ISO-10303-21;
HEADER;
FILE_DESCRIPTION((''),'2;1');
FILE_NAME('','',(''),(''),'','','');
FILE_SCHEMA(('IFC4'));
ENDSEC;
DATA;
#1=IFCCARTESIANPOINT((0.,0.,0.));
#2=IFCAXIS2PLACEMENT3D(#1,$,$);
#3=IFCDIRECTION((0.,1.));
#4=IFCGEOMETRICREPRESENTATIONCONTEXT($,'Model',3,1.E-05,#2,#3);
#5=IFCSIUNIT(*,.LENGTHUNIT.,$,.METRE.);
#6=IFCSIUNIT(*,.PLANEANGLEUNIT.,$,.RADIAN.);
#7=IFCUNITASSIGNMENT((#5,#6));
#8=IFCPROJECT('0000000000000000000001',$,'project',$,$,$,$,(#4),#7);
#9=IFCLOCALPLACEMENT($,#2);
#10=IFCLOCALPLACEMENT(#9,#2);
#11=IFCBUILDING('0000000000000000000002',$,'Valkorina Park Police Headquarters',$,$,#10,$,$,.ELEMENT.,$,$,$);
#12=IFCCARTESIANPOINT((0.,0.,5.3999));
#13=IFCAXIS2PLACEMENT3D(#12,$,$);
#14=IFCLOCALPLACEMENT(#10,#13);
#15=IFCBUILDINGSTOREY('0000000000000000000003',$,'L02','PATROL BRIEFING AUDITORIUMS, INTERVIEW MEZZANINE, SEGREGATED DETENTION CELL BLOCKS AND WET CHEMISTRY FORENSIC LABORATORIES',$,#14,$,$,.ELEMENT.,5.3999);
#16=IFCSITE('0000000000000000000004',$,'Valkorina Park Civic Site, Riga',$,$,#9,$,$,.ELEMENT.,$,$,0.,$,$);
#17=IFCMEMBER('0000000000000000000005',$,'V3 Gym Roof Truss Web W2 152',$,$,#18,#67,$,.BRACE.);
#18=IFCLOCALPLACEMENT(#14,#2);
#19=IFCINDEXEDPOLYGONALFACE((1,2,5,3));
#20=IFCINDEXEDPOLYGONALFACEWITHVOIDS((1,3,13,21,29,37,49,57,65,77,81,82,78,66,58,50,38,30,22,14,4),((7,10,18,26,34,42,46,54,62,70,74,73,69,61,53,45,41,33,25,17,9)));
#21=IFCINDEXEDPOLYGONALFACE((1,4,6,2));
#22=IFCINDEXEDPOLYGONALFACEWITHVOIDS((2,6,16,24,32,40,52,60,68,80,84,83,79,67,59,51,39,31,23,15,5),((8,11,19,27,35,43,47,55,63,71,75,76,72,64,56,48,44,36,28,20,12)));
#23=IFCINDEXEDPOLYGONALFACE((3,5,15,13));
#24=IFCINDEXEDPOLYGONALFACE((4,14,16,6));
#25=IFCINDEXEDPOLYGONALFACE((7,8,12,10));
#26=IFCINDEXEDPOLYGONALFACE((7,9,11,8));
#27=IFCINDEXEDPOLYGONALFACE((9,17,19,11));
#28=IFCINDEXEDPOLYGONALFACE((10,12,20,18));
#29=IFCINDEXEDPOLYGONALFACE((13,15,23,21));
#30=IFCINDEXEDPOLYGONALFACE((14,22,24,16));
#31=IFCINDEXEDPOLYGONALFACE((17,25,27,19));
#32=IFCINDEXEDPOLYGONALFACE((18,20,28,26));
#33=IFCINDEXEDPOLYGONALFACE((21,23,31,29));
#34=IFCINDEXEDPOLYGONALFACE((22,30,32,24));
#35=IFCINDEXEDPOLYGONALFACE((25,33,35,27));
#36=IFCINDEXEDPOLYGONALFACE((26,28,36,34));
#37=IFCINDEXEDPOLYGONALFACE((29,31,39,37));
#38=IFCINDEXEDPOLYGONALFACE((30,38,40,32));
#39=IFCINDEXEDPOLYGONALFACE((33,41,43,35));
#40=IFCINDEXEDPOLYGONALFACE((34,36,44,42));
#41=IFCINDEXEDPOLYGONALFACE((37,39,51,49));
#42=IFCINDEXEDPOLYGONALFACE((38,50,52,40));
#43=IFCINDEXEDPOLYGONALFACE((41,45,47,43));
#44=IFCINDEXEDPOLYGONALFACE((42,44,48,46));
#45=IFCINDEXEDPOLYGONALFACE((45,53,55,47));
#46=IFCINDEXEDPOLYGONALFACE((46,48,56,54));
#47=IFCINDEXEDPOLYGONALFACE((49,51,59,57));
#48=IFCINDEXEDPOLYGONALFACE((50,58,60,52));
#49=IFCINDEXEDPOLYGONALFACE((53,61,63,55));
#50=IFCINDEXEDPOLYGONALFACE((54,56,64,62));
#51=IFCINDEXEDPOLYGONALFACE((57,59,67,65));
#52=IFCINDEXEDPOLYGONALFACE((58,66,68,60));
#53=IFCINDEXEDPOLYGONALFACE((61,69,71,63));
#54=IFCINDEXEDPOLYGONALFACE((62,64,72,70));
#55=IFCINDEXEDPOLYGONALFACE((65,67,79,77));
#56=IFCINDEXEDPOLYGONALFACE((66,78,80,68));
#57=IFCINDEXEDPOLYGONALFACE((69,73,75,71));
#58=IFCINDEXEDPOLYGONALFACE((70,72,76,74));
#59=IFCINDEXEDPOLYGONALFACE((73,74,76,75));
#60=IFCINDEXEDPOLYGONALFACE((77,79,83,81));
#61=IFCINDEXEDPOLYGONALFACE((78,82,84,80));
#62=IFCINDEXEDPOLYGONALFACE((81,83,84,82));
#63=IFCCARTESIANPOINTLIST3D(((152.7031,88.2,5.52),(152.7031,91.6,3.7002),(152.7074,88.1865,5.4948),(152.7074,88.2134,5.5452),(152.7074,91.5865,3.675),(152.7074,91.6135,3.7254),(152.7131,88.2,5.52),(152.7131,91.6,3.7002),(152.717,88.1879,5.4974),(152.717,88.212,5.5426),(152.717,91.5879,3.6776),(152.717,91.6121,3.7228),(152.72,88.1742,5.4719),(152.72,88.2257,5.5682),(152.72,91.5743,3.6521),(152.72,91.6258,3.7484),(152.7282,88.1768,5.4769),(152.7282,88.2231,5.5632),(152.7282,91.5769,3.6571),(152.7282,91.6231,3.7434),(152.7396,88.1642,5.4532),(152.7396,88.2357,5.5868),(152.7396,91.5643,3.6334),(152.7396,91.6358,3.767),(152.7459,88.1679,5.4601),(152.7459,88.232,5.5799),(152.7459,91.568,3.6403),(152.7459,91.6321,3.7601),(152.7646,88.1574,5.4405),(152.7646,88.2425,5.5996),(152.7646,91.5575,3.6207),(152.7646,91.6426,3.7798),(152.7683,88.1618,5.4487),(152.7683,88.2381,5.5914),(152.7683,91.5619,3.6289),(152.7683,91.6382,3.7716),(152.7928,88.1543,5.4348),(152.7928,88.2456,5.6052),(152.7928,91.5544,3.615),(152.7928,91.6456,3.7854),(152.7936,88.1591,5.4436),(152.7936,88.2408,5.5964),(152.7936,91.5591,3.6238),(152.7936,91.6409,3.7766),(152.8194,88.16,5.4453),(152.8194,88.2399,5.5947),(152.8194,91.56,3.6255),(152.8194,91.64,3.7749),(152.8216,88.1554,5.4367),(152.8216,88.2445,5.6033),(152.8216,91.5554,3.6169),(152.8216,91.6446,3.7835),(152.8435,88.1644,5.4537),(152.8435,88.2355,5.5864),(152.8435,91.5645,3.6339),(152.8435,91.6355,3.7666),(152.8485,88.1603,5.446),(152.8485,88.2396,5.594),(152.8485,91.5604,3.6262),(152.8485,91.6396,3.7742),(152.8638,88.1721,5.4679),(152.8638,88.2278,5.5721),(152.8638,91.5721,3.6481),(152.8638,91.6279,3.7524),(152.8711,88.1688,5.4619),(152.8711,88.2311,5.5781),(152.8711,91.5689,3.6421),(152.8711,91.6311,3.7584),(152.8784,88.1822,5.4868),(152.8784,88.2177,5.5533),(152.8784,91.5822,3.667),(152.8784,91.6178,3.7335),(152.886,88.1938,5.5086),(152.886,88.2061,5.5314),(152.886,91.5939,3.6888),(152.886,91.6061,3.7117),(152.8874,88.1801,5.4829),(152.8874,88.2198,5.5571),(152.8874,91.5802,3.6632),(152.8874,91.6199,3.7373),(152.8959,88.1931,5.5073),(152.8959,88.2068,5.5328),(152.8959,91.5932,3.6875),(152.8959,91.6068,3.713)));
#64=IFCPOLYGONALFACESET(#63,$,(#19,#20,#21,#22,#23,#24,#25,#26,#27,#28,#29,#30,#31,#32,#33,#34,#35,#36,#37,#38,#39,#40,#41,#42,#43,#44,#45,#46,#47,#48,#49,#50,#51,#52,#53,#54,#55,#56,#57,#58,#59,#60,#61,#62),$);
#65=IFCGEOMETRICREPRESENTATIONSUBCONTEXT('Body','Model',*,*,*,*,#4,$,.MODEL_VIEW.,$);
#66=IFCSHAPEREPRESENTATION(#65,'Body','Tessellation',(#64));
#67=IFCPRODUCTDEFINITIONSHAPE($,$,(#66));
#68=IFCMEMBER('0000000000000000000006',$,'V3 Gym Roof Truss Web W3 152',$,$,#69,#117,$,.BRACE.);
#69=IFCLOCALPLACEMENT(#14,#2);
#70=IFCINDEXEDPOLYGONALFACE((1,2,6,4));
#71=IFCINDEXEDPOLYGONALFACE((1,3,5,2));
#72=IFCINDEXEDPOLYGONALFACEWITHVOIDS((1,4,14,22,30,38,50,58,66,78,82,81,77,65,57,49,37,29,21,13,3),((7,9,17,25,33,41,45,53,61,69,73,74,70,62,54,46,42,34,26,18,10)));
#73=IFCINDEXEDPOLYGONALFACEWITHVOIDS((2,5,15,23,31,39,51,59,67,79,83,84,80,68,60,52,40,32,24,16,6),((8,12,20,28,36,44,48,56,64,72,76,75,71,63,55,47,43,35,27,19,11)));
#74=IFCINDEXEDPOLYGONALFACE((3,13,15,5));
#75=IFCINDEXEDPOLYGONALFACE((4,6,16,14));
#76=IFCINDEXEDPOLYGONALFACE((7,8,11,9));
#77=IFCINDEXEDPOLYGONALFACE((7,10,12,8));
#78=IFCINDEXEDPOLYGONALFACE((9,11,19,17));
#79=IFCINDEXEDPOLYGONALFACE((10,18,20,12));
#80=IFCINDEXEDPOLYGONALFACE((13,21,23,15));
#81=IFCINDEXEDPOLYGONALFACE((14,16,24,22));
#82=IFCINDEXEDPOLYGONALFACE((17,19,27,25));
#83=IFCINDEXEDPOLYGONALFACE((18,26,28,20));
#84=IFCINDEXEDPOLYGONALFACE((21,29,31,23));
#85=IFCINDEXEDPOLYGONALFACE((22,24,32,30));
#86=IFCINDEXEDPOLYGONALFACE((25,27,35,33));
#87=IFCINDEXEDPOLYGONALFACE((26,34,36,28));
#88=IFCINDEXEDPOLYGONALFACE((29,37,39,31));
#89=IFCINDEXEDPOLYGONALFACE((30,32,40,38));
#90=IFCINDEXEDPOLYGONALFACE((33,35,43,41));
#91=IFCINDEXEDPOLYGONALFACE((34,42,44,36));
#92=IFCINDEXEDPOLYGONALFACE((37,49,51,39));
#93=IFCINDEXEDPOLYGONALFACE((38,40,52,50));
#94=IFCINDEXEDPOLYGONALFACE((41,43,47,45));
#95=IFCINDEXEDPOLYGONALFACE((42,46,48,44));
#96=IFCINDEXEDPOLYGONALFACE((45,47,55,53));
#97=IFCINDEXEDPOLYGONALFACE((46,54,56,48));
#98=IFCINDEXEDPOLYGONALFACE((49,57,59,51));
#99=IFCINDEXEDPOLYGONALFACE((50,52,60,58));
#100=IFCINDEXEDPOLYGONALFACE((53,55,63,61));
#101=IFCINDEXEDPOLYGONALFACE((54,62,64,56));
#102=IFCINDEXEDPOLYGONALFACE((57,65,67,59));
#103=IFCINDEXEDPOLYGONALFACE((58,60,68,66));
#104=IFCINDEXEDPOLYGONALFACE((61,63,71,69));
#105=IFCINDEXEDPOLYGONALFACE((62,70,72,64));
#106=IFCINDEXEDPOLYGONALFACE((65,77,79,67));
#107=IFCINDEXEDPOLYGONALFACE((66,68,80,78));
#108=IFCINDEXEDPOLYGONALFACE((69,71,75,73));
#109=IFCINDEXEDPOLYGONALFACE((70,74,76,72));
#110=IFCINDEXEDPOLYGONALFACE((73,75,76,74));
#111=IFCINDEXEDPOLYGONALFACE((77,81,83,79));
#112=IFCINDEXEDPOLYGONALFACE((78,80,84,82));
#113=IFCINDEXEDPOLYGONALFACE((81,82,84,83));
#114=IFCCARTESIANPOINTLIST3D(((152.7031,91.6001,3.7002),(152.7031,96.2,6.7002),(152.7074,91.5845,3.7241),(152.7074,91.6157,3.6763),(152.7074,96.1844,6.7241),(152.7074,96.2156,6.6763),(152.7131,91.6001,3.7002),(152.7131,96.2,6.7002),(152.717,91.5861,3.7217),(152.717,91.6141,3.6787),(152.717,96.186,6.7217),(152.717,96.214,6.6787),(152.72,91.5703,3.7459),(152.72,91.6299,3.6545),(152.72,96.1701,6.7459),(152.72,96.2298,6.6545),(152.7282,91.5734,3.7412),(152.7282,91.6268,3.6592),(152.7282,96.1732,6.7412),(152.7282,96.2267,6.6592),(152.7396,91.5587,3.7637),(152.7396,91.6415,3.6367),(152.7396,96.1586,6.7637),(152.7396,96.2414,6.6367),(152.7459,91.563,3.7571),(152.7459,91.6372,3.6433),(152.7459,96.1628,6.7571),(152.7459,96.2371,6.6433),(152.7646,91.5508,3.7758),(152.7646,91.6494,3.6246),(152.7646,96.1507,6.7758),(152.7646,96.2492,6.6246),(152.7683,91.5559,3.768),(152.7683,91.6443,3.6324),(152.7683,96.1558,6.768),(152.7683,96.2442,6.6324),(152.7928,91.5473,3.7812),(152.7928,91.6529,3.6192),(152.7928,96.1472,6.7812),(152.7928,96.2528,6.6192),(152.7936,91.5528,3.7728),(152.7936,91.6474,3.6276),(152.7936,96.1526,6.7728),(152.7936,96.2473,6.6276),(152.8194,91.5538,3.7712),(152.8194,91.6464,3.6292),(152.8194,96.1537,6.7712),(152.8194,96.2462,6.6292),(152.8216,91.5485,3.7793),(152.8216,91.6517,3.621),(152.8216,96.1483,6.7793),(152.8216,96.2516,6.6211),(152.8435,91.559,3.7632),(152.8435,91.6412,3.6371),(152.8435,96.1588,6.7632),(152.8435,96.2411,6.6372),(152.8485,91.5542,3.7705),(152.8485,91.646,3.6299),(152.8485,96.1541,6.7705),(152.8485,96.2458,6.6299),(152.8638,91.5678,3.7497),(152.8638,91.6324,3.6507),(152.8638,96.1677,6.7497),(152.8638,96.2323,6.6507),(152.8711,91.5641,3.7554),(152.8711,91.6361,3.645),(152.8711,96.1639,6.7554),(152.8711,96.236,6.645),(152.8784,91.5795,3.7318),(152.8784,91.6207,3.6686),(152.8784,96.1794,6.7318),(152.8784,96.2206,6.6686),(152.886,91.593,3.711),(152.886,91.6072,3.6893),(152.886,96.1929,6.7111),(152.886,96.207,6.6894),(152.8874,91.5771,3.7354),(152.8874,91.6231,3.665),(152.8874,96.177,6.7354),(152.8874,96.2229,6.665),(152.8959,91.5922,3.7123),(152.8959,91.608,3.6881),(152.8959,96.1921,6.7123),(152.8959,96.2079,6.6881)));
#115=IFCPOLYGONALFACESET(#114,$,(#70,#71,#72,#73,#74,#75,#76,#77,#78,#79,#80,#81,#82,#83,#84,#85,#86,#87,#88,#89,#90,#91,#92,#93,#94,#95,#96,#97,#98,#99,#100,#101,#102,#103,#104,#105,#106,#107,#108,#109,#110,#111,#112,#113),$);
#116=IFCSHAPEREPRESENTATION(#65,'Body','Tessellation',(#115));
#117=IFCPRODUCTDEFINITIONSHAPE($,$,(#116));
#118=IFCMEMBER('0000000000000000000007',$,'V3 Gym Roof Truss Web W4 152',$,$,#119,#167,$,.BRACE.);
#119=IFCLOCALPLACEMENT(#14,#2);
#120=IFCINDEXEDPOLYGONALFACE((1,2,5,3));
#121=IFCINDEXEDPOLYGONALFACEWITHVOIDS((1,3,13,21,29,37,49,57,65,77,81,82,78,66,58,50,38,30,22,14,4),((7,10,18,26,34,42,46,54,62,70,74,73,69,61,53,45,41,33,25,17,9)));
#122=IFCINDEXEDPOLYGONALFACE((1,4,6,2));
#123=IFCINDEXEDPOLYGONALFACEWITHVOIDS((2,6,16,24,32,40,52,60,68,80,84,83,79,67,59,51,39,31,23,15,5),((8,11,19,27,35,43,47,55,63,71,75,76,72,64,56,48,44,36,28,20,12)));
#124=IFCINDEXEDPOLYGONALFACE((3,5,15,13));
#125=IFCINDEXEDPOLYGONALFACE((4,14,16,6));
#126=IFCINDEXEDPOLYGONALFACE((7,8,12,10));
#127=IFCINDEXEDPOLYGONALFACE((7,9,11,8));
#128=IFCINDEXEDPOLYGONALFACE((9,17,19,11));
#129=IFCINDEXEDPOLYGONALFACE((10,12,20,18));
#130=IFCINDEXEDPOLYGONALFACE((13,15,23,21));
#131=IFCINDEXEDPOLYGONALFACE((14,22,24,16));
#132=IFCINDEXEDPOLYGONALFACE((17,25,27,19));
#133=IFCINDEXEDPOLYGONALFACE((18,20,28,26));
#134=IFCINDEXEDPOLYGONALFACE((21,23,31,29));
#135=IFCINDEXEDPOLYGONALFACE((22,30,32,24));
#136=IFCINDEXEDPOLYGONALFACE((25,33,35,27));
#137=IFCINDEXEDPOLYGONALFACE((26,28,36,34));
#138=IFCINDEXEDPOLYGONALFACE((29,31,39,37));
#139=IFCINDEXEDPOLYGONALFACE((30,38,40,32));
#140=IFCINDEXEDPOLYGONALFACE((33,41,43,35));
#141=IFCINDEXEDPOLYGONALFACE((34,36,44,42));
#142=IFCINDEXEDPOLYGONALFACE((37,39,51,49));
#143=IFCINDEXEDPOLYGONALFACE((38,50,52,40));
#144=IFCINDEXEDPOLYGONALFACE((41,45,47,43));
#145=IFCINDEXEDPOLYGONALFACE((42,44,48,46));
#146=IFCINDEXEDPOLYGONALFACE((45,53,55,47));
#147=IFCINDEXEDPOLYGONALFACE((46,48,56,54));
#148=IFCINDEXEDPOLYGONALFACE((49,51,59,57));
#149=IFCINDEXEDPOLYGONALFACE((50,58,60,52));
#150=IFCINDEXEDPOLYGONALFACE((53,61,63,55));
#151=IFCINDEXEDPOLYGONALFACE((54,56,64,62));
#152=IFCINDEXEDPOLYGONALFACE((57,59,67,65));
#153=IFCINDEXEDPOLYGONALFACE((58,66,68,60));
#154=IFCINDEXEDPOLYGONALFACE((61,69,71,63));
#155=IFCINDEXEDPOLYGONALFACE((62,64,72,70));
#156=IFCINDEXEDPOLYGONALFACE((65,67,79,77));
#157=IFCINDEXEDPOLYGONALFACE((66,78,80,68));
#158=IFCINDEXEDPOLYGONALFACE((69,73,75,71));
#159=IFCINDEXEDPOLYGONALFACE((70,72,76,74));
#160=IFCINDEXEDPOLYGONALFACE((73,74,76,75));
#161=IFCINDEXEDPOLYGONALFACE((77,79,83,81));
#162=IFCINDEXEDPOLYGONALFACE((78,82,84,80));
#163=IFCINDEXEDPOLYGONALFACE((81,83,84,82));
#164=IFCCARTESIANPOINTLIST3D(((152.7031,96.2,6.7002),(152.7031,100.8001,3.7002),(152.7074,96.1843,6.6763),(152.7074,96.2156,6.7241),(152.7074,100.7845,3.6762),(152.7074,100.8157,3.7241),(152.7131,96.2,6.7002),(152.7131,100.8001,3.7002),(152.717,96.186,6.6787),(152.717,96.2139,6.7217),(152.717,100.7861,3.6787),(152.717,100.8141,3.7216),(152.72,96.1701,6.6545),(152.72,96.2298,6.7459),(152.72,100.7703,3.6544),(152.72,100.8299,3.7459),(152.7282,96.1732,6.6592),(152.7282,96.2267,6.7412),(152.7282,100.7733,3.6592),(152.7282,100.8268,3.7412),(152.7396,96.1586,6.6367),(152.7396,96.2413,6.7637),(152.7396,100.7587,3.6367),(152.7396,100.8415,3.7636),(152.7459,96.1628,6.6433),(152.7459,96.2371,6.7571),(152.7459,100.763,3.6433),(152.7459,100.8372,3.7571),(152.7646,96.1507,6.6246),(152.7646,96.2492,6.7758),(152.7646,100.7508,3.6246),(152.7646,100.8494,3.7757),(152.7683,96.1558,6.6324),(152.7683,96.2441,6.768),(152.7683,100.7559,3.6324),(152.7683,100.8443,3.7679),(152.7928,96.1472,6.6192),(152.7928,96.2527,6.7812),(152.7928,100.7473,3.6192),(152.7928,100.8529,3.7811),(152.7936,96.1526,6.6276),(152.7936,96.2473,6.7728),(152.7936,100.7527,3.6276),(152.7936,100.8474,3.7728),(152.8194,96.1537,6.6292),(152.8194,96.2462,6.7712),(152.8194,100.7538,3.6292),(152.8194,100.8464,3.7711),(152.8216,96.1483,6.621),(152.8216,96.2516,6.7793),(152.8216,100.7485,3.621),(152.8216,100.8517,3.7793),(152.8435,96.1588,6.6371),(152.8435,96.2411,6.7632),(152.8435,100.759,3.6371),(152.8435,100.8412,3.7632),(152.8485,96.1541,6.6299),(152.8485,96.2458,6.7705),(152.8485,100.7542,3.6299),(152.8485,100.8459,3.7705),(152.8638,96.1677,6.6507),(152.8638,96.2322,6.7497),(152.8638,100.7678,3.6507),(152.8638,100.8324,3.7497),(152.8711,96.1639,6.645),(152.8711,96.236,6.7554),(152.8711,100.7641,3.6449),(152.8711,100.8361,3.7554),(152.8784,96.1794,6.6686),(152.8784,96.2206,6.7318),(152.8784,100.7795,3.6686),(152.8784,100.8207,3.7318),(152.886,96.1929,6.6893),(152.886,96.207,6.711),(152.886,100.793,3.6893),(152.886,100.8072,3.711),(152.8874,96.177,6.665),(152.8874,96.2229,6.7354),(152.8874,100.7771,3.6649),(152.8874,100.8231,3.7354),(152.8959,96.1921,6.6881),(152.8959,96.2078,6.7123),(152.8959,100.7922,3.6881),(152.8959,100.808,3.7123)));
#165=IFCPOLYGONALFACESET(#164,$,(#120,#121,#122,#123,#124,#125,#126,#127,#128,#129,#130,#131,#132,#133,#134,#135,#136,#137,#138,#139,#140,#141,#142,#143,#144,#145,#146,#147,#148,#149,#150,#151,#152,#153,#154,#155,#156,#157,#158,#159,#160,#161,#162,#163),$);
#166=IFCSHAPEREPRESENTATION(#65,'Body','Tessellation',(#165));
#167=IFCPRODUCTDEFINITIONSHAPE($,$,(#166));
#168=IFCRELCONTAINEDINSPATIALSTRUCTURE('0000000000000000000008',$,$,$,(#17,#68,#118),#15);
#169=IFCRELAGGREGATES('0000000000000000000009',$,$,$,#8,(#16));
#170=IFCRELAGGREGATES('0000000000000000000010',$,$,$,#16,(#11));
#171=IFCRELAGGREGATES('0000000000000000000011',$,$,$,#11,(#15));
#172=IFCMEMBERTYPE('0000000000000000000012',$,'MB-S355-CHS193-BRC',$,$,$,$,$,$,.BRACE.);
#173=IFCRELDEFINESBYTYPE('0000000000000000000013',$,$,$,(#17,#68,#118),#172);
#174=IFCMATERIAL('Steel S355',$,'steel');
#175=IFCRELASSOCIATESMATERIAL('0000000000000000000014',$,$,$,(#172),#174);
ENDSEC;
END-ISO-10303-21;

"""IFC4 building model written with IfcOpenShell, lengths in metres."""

from ifc_helpers import new_model, si_unit, direction, frame, origin, origin_2d, place, context, subcontext, project, spatial, hollow_circle, extrude, material, material_profile, profile_set, type_object, element, save


model = new_model("IFC4")

# Units and contexts
model_context = context("Model", 3, precision=1e-05, world=origin(), true_north=direction((0.0, 1.0)))
body_context = subcontext(model_context, "Body", "Model", "MODEL_VIEW")
ifc_project = project(units=[si_unit("LENGTHUNIT", "METRE"), si_unit("PLANEANGLEUNIT", "RADIAN")], contexts=[model_context])

# Site, building, storey
site_placement = place(None, origin())
site = spatial("IfcSite", under=ifc_project, at=site_placement, Name="Valkorina Park Civic Site, Riga", CompositionType="ELEMENT", RefElevation=0.0)
building_placement = place(site_placement, origin())
building = spatial("IfcBuilding", under=site, at=building_placement, Name="Valkorina Park Police Headquarters", CompositionType="ELEMENT")
storey_placement = place(building_placement, frame((0.0, 0.0, 5.3999)))
storey = spatial("IfcBuildingStorey", under=building, at=storey_placement, Name="L02", Description="PATROL BRIEFING AUDITORIUMS, INTERVIEW MEZZANINE, SEGREGATED DETENTION CELL BLOCKS AND WET CHEMISTRY FORENSIC LABORATORIES", CompositionType="ELEMENT", Elevation=5.3999)

# Members
ifc_material_1 = material(Name="Steel S355", Category="steel")
ifc_material_profile_1 = material_profile(ifc_material_1, hollow_circle(Radius=0.0969, WallThickness=0.01, at=origin_2d()), Name="CHS 193.7x10")
ifc_profile_set_1 = profile_set([ifc_material_profile_1], Name="Steel S355")
member_type_1 = type_object("IfcMemberType", Name="MB-S355-CHS193-BRC", PredefinedType="BRACE", material=ifc_profile_set_1)
member_1_placement = place(storey_placement, frame((152.8, 88.2, 5.52), z_axis=(0.0, 0.881662, -0.471882), x_axis=(-1.0, 0.0, 0.0)))
element("IfcMember", 1, at=member_1_placement, inside=storey, type_object=member_type_1, Name="V3 Gym Roof Truss Web W2 152", PredefinedType="BRACE", context=body_context, shape_type="SweptSolid", body=[
    extrude(hollow_circle(Radius=0.0969, WallThickness=0.01, at=origin_2d()), origin(), (0.0, 0.0, 1.0), 3.8564),
])
member_2_placement = place(storey_placement, frame((152.8, 91.6001, 3.7002), z_axis=(0.0, 0.837603, 0.54628), x_axis=(-1.0, 0.0, 0.0)))
element("IfcMember", 2, at=member_2_placement, inside=storey, type_object=member_type_1, Name="V3 Gym Roof Truss Web W3 152", PredefinedType="BRACE", context=body_context, shape_type="SweptSolid", body=[
    extrude(hollow_circle(Radius=0.0969, WallThickness=0.01, at=origin_2d()), origin(), (0.0, 0.0, 1.0), 5.4917),
])
member_3_placement = place(storey_placement, frame((152.8, 96.2, 6.7002), z_axis=(0.0, 0.837616, -0.54626), x_axis=(-1.0, 0.0, 0.0)))
element("IfcMember", 3, at=member_3_placement, inside=storey, type_object=member_type_1, Name="V3 Gym Roof Truss Web W4 152", PredefinedType="BRACE", context=body_context, shape_type="SweptSolid", body=[
    extrude(hollow_circle(Radius=0.0969, WallThickness=0.01, at=origin_2d()), origin(), (0.0, 0.0, 1.0), 5.4919),
])

save(model, "model.ifc")
